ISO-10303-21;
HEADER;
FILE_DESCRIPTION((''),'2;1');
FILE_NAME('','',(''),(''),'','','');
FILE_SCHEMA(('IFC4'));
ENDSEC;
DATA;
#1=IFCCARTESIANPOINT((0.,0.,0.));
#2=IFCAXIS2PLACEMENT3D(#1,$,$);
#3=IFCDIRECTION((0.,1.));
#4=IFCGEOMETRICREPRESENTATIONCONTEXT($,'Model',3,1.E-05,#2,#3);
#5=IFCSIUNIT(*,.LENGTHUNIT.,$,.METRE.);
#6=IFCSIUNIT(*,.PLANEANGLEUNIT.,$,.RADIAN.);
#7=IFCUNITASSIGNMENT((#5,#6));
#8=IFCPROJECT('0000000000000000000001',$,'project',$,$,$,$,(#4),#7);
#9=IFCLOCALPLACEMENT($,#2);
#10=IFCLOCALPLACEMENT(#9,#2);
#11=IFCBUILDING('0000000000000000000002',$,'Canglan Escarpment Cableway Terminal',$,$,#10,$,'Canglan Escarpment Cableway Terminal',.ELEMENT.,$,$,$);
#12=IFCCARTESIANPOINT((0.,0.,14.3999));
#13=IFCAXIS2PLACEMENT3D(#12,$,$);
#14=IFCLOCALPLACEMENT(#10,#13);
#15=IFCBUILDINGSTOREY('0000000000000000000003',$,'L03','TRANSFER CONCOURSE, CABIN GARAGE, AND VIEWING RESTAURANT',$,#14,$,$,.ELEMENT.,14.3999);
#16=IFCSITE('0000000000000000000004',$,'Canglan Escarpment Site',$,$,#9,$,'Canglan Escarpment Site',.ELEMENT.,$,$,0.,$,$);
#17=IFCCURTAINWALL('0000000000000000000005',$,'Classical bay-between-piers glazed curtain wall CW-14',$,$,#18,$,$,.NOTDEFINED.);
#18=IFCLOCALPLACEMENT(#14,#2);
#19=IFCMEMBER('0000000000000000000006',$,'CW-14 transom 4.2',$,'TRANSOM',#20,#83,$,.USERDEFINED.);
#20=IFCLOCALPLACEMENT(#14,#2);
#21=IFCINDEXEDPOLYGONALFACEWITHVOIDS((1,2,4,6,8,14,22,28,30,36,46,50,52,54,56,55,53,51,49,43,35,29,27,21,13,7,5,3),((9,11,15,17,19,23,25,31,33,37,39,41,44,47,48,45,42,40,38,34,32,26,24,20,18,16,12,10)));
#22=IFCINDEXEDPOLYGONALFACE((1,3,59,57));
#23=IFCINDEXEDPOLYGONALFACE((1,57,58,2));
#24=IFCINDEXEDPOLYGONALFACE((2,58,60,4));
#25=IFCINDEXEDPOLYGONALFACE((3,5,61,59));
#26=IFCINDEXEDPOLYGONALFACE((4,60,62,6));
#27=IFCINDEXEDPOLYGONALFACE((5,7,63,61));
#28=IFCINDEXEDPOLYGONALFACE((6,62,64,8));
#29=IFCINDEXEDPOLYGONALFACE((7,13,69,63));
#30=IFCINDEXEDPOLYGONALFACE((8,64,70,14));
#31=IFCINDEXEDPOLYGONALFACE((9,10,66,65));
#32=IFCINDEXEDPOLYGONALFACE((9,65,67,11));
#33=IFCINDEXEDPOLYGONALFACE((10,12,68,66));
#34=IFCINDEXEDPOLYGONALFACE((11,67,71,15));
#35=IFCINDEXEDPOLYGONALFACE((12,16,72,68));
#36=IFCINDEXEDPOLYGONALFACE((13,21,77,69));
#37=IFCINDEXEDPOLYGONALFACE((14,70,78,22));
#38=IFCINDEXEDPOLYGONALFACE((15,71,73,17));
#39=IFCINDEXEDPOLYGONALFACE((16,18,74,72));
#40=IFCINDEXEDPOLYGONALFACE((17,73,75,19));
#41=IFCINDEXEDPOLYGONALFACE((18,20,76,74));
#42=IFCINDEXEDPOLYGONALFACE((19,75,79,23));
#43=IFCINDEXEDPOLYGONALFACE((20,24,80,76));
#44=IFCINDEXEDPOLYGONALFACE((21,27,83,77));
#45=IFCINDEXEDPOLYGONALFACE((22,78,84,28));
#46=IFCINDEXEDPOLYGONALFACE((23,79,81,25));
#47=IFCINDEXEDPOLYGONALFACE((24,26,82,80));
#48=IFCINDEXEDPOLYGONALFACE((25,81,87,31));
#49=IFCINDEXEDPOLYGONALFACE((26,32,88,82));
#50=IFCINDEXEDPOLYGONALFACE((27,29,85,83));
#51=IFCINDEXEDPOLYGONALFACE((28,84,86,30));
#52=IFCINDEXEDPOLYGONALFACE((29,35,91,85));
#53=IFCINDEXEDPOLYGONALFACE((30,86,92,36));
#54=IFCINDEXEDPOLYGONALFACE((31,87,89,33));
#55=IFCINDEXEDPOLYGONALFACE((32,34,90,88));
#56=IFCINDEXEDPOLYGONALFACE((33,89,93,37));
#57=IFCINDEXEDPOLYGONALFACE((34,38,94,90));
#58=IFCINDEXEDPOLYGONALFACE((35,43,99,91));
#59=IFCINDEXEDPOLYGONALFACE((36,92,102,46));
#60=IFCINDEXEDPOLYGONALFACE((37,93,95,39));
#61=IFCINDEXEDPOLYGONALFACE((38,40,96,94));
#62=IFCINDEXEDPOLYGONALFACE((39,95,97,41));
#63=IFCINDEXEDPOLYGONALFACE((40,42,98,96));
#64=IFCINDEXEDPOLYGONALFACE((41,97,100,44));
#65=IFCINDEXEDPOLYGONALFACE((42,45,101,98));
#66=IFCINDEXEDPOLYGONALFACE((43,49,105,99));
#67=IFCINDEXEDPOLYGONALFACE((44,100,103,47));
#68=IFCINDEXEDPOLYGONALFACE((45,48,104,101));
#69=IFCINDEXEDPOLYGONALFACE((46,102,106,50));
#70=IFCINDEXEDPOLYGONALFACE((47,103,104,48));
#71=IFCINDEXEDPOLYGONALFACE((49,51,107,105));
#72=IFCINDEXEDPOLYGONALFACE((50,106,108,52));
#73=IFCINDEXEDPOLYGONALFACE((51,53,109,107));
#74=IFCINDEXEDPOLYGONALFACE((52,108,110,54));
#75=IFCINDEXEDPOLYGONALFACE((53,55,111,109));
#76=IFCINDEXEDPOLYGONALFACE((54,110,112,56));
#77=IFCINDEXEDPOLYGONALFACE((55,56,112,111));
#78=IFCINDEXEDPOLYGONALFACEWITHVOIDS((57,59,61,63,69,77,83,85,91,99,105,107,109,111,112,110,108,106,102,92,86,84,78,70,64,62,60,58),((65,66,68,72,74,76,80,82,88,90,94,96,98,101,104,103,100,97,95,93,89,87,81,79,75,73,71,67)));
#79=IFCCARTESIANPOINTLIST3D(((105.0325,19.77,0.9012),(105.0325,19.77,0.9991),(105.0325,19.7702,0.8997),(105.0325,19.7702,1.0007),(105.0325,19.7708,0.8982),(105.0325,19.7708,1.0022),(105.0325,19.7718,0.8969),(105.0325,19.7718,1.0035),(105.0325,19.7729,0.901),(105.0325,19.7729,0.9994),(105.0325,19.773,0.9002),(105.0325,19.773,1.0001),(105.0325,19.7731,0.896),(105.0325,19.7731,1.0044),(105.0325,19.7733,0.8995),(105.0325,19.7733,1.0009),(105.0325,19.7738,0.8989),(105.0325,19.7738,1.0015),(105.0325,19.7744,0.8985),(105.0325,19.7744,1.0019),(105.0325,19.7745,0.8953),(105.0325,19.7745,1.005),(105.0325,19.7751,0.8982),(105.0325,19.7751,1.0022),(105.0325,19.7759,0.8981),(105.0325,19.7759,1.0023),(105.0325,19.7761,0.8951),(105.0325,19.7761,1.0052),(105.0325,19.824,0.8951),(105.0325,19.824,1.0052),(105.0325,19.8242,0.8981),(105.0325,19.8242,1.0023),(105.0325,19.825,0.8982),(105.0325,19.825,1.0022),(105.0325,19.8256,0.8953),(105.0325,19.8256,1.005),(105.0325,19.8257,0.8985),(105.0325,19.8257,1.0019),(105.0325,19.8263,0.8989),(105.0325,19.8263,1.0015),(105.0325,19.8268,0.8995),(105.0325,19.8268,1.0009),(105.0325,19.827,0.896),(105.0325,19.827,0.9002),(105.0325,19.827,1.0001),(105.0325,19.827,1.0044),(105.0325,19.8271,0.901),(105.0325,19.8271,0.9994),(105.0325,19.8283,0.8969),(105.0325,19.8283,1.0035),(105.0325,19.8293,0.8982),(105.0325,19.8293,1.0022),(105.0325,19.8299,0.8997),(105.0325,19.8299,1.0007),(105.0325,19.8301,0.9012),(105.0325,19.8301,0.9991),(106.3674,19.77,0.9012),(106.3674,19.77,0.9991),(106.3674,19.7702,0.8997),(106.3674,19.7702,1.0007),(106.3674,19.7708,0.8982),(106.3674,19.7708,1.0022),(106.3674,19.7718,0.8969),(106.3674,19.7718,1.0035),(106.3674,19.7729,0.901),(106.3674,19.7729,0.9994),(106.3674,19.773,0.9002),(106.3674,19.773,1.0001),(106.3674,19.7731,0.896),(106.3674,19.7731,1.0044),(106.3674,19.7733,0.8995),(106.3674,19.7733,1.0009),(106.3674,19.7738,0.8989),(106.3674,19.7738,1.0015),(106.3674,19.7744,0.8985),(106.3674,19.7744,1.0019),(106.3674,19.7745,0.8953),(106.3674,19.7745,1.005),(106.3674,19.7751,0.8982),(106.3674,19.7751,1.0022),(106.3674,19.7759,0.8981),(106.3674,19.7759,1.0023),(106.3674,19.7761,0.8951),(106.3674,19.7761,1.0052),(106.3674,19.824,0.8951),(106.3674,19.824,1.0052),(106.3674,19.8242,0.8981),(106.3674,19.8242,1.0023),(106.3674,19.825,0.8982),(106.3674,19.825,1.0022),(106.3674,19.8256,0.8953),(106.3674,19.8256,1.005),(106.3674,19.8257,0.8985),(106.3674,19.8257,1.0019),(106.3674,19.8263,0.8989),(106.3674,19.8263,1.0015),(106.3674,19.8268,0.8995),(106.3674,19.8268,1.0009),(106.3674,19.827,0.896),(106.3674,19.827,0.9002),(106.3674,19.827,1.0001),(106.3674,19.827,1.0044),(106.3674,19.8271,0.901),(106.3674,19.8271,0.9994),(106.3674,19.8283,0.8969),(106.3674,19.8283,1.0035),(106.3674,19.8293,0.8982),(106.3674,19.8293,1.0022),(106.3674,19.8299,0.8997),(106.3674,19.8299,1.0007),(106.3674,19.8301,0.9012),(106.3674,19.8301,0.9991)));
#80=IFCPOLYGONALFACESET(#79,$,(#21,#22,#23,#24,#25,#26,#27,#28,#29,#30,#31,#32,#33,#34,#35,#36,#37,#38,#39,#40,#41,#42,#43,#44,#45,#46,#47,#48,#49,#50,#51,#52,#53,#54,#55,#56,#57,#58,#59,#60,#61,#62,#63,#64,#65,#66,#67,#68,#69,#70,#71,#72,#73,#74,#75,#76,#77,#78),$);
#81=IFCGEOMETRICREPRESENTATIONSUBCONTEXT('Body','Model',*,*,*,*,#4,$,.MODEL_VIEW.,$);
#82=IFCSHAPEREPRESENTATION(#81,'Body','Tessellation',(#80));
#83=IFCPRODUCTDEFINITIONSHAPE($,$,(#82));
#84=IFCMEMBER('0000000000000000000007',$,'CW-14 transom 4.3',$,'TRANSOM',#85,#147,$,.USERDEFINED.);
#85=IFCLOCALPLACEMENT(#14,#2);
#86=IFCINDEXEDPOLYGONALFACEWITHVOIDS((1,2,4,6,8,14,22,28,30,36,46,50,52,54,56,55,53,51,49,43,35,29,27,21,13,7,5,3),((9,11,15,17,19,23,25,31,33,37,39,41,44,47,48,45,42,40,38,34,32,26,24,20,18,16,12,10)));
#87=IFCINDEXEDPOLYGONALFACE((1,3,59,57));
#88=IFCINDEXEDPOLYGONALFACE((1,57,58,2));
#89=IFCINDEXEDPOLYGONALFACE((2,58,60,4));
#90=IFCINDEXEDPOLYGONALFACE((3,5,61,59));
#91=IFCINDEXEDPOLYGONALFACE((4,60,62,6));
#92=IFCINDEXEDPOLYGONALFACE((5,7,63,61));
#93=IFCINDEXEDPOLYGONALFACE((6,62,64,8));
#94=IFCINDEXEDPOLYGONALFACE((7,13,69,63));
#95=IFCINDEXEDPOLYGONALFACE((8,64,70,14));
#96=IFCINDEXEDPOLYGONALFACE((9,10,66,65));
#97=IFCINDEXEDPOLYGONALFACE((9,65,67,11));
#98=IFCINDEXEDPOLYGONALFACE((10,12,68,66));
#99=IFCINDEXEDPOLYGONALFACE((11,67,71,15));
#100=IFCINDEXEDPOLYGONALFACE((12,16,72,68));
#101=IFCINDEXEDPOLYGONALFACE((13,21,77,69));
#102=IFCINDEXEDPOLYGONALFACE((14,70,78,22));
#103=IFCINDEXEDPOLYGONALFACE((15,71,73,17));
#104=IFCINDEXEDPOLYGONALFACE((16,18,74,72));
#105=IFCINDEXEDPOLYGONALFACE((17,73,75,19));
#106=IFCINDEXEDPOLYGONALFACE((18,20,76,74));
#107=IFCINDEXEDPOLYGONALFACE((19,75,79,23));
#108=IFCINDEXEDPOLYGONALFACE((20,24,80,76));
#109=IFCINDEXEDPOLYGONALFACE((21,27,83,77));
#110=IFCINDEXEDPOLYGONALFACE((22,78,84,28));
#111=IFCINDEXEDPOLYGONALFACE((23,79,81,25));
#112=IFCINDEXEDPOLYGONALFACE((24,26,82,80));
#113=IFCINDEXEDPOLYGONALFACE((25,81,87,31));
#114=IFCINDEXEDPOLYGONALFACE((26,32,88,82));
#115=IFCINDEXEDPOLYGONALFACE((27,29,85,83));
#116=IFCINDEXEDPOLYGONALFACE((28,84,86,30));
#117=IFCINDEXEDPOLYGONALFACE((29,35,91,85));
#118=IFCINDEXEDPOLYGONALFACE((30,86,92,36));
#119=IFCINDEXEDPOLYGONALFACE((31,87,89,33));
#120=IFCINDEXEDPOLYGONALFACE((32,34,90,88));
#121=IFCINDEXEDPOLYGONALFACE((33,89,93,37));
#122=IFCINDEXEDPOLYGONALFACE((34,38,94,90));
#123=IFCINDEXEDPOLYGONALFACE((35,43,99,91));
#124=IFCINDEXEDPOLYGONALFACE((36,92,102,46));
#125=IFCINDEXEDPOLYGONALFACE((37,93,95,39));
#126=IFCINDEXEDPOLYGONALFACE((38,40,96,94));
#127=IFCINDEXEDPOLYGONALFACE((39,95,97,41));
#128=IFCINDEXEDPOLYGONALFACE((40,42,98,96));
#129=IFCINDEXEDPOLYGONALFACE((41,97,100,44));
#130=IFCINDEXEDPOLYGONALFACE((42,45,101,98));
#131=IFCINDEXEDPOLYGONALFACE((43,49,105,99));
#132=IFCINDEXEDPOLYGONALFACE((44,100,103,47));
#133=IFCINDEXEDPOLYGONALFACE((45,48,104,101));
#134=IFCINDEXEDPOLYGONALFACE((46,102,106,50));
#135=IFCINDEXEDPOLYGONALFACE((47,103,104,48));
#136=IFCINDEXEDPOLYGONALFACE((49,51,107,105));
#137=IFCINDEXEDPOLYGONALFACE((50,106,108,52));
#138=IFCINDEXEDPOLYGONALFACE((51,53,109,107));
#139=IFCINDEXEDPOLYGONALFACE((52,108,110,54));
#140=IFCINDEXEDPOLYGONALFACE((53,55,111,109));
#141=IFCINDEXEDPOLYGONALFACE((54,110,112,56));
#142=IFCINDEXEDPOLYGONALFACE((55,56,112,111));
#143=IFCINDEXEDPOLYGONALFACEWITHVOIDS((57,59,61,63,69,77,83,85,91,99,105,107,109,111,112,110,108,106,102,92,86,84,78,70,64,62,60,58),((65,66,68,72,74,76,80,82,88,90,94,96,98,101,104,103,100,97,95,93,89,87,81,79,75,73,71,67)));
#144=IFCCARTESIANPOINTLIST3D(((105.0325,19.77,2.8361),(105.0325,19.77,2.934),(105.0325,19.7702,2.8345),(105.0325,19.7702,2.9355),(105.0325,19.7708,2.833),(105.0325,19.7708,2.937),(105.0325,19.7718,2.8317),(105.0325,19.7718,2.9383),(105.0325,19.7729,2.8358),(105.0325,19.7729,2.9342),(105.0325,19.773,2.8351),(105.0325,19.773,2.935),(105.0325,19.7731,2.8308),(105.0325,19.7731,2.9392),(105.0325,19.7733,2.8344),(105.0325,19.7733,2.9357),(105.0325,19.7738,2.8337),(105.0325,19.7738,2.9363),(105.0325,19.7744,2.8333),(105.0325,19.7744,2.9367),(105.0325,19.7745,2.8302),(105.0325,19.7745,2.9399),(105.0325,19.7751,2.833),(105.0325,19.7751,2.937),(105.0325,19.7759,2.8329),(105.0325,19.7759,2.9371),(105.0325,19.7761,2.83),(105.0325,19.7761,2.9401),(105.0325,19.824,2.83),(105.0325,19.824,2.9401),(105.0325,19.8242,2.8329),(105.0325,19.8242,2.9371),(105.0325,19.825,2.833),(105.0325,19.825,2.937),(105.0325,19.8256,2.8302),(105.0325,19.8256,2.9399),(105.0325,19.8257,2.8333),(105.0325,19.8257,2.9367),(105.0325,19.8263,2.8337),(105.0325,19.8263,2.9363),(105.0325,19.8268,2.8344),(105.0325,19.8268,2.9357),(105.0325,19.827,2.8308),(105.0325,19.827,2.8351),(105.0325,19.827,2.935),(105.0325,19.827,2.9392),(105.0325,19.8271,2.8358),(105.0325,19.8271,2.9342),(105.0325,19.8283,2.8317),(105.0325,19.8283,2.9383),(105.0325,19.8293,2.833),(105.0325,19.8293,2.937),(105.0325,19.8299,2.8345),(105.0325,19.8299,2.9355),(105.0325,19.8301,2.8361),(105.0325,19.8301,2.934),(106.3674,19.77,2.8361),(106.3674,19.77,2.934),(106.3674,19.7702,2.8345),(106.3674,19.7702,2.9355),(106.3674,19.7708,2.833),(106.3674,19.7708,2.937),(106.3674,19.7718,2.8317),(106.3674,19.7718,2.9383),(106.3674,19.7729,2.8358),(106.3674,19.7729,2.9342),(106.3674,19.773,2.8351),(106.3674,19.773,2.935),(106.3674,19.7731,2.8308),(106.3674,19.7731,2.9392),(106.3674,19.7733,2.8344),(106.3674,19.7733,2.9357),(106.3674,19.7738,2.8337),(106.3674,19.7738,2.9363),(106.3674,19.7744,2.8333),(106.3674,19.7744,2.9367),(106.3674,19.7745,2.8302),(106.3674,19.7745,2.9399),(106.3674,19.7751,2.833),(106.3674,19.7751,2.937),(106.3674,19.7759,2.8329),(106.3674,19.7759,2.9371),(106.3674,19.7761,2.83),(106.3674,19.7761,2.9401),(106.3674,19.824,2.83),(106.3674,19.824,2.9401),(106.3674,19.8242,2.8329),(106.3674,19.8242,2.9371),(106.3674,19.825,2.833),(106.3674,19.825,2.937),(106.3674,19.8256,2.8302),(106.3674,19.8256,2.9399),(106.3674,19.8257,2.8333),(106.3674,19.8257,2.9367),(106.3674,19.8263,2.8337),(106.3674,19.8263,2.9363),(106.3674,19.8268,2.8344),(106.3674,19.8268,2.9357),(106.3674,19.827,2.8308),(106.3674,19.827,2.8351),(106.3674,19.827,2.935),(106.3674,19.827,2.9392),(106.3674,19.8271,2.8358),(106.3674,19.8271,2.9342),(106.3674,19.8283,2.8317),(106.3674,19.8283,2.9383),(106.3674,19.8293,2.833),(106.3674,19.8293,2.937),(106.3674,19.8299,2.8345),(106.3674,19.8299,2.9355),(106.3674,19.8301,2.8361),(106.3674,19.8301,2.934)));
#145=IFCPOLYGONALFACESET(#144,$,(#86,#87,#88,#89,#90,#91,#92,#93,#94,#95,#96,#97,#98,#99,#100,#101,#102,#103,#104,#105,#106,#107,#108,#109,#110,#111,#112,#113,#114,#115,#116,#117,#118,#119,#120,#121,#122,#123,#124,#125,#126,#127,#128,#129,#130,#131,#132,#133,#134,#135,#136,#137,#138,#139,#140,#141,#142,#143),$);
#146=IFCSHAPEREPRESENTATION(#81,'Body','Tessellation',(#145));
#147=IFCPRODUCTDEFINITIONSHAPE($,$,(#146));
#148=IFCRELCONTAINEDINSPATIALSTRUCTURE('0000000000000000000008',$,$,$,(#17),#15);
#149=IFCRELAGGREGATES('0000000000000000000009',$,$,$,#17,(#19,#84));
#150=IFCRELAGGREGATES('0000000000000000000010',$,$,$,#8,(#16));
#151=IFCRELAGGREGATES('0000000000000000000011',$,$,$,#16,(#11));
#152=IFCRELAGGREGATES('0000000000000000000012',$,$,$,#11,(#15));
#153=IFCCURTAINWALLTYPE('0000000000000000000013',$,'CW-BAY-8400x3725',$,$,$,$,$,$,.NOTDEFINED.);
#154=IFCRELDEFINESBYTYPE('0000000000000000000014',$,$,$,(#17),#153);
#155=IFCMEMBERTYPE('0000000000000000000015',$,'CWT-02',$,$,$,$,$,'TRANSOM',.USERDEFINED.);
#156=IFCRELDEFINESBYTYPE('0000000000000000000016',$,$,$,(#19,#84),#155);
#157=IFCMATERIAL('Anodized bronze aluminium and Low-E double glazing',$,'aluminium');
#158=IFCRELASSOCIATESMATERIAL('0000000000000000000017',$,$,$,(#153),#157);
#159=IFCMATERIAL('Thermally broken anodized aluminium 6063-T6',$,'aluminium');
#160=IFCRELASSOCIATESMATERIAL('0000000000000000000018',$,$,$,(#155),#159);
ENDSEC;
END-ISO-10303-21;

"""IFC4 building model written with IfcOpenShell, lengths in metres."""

from ifc_helpers import new_model, si_unit, direction, frame, origin, origin_2d, place, context, subcontext, project, spatial, hollow_rectangle, extrude, material, material_profile, profile_set, type_object, element, aggregate, save


model = new_model("IFC4")

# Units and contexts
model_context = context("Model", 3, precision=1e-05, world=origin(), true_north=direction((0.0, 1.0)))
body_context = subcontext(model_context, "Body", "Model", "MODEL_VIEW")
ifc_project = project(units=[si_unit("LENGTHUNIT", "METRE"), si_unit("PLANEANGLEUNIT", "RADIAN")], contexts=[model_context])

# Site, building, storey
site_placement = place(None, origin())
site = spatial("IfcSite", under=ifc_project, at=site_placement, Name="Canglan Escarpment Site", LongName="Canglan Escarpment Site", CompositionType="ELEMENT", RefElevation=0.0)
building_placement = place(site_placement, origin())
building = spatial("IfcBuilding", under=site, at=building_placement, Name="Canglan Escarpment Cableway Terminal", LongName="Canglan Escarpment Cableway Terminal", CompositionType="ELEMENT")
storey_placement = place(building_placement, frame((0.0, 0.0, 14.3999)))
storey = spatial("IfcBuildingStorey", under=building, at=storey_placement, Name="L03", Description="TRANSFER CONCOURSE, CABIN GARAGE, AND VIEWING RESTAURANT", CompositionType="ELEMENT", Elevation=14.3999)

# Curtain wall, members
ifc_material_1 = material(Name="Anodized bronze aluminium and Low-E double glazing", Category="aluminium")
curtain_wall_type = type_object("IfcCurtainWallType", Name="CW-BAY-8400x3725", PredefinedType="NOTDEFINED", material=ifc_material_1)
curtain_wall_placement = place(storey_placement, origin())
curtain_wall = element("IfcCurtainWall", 1, at=curtain_wall_placement, inside=storey, type_object=curtain_wall_type, Name="Classical bay-between-piers glazed curtain wall CW-14", PredefinedType="NOTDEFINED")
ifc_material_2 = material(Name="Thermally broken anodized aluminium 6063-T6", Category="aluminium")
ifc_material_profile_1 = material_profile(ifc_material_2, hollow_rectangle(XDim=0.0601, YDim=0.1101, WallThickness=0.0029, InnerFilletRadius=0.0029, OuterFilletRadius=0.0061, at=origin_2d()), Name="ALU-TRAN 60x110x3")
ifc_profile_set_1 = profile_set([ifc_material_profile_1], Name="Thermally broken anodized aluminium 6063-T6")
member_type_1 = type_object("IfcMemberType", Name="CWT-02", ElementType="TRANSOM", PredefinedType="USERDEFINED", material=ifc_profile_set_1)
member_1_placement = place(storey_placement, frame((106.3674, 19.8, 0.9502), z_axis=(-1.0, 0.0, 0.0), x_axis=(0.0, -1.0, 0.0)))
member_1 = element("IfcMember", 2, at=member_1_placement, type_object=member_type_1, Name="CW-14 transom 4.2", ObjectType="TRANSOM", PredefinedType="USERDEFINED", context=body_context, shape_type="SweptSolid", body=[
    extrude(hollow_rectangle(XDim=0.0601, YDim=0.1101, WallThickness=0.0029, InnerFilletRadius=0.0029, OuterFilletRadius=0.0061, at=origin_2d()), origin(), (0.0, 0.0, 1.0), 1.335),
])
member_2_placement = place(storey_placement, frame((106.3674, 19.8, 2.885), z_axis=(-1.0, 0.0, 0.0), x_axis=(0.0, -1.0, 0.0)))
member_2 = element("IfcMember", 3, at=member_2_placement, type_object=member_type_1, Name="CW-14 transom 4.3", ObjectType="TRANSOM", PredefinedType="USERDEFINED", context=body_context, shape_type="SweptSolid", body=[
    extrude(hollow_rectangle(XDim=0.0601, YDim=0.1101, WallThickness=0.0029, InnerFilletRadius=0.0029, OuterFilletRadius=0.0061, at=origin_2d()), origin(), (0.0, 0.0, 1.0), 1.335),
])
aggregate(curtain_wall, [member_1, member_2])

save(model, "model.ifc")
